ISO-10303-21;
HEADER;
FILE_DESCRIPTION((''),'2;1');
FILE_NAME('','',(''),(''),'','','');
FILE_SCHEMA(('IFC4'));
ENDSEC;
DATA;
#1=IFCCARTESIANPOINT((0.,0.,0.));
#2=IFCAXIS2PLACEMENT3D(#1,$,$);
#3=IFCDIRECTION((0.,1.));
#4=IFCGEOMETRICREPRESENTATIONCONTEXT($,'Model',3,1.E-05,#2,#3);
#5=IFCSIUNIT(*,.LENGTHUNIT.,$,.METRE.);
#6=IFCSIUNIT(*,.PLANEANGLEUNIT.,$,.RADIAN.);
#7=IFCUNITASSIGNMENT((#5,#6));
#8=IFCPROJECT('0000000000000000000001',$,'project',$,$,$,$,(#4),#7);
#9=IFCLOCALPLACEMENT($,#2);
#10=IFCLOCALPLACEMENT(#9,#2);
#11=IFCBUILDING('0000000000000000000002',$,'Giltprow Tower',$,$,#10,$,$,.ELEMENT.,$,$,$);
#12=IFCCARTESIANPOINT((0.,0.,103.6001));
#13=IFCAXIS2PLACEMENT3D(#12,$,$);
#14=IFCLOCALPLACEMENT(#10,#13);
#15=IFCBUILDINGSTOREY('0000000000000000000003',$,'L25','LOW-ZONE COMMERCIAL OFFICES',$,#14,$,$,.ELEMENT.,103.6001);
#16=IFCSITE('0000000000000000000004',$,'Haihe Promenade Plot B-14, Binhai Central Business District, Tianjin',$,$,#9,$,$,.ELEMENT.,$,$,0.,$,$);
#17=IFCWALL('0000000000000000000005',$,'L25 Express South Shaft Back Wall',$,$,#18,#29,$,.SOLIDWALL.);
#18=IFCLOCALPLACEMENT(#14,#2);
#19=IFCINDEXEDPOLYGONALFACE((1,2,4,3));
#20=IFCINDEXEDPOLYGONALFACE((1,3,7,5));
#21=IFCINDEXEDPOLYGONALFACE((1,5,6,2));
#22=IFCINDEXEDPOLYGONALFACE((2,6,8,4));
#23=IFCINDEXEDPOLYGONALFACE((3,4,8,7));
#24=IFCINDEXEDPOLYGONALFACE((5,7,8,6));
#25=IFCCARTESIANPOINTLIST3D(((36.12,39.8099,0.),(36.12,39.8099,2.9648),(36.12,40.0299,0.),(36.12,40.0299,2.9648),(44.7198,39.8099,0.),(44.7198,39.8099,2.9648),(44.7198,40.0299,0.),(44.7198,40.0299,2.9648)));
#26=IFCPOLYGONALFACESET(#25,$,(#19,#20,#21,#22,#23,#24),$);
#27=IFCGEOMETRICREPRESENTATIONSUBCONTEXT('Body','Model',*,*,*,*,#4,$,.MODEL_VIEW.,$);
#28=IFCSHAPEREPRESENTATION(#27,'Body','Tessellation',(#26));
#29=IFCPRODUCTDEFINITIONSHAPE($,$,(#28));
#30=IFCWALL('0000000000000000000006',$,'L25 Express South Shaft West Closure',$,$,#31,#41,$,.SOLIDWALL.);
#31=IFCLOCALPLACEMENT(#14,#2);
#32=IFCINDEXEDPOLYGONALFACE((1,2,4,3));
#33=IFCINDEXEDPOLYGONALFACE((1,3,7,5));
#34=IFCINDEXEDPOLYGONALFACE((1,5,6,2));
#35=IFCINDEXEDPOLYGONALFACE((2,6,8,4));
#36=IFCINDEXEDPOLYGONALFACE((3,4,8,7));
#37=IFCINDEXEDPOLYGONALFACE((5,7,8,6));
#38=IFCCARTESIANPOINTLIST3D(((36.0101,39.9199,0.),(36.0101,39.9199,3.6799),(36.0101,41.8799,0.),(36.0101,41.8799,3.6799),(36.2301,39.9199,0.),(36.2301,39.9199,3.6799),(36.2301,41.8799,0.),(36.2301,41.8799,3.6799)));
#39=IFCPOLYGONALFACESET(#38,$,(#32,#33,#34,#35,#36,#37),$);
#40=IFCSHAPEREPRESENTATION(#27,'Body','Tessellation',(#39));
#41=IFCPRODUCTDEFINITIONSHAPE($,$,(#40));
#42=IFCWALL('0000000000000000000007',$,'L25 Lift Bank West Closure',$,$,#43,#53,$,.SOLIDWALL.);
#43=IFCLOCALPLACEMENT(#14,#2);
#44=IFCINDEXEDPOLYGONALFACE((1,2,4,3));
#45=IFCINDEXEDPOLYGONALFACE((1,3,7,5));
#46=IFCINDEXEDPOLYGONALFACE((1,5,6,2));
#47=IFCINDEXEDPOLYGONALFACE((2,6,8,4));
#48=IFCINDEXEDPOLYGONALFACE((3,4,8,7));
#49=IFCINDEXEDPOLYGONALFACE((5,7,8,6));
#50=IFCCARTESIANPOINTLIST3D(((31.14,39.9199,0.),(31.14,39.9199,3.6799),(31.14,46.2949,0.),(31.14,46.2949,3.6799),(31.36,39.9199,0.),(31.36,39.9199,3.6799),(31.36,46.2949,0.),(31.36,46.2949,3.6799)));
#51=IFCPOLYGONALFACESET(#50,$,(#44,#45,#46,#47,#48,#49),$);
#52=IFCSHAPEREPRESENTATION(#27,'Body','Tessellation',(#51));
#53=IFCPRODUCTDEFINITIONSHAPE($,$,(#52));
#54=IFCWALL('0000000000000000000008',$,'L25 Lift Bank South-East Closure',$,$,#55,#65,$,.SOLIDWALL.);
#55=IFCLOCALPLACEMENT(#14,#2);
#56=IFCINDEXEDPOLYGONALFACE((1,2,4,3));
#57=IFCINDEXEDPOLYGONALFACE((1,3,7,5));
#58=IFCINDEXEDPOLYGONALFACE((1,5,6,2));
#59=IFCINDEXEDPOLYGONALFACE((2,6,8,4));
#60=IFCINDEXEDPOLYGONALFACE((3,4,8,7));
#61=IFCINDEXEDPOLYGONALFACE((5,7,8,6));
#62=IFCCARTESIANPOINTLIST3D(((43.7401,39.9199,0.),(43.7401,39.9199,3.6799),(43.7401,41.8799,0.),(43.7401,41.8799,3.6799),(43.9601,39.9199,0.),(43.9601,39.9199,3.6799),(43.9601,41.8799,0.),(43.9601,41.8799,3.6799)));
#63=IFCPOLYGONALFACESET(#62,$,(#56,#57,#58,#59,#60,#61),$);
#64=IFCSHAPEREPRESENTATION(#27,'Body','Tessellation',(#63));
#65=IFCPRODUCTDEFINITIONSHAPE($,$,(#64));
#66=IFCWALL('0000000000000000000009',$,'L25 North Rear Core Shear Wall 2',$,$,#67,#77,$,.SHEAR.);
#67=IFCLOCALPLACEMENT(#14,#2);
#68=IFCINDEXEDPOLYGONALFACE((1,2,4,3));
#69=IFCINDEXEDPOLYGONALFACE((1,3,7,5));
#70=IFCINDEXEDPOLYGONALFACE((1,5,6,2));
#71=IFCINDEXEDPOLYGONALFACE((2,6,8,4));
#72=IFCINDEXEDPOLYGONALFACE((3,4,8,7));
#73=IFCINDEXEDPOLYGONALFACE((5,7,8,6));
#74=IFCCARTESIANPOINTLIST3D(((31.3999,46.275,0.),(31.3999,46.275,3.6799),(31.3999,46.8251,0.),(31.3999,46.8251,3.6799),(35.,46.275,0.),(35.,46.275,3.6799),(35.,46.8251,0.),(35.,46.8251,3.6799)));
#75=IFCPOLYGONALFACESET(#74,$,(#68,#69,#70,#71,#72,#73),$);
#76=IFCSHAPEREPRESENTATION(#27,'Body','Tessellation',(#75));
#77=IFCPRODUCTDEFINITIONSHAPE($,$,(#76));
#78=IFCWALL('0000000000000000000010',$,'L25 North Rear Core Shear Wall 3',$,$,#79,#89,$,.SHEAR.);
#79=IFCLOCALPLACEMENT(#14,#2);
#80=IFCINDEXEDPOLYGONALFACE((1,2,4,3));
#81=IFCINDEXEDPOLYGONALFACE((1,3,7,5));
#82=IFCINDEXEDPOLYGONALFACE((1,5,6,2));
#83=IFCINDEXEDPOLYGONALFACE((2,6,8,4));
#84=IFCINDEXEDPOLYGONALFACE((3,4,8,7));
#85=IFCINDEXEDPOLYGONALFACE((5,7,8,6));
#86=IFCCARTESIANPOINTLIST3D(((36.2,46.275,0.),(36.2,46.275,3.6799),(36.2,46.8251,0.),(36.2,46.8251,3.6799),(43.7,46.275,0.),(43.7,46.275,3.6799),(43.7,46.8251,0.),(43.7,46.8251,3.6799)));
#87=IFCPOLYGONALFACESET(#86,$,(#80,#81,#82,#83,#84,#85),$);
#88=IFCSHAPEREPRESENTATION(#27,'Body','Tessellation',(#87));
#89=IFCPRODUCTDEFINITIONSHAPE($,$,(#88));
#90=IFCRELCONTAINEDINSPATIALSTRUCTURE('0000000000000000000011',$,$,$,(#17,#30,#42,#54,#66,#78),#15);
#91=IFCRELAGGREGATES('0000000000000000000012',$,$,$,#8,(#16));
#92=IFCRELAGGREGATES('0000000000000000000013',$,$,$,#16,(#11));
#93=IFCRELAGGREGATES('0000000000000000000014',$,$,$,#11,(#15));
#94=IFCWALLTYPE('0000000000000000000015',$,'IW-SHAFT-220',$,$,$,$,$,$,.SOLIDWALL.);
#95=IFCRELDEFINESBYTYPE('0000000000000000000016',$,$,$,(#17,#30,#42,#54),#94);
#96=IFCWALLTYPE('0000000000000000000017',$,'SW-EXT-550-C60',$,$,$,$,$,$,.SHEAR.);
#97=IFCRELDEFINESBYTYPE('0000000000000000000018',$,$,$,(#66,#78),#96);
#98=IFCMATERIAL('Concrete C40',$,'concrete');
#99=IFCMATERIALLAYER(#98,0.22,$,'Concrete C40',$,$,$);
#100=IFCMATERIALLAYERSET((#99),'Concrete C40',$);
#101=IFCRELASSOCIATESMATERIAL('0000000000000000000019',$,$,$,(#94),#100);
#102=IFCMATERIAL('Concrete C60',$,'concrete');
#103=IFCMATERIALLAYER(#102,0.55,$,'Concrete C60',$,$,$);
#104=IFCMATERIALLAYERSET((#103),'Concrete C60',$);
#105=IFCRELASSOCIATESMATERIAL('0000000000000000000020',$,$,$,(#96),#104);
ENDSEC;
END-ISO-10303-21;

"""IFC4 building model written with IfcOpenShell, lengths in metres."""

from ifc_helpers import new_model, si_unit, direction, frame, frame_2d, origin, place, context, subcontext, project, spatial, rectangle, extrude, material, layer, layer_set, type_object, element, save


model = new_model("IFC4")

# Units and contexts
model_context = context("Model", 3, precision=1e-05, world=origin(), true_north=direction((0.0, 1.0)))
body_context = subcontext(model_context, "Body", "Model", "MODEL_VIEW")
ifc_project = project(units=[si_unit("LENGTHUNIT", "METRE"), si_unit("PLANEANGLEUNIT", "RADIAN")], contexts=[model_context])

# Site, building, storey
site_placement = place(None, origin())
site = spatial("IfcSite", under=ifc_project, at=site_placement, Name="Haihe Promenade Plot B-14, Binhai Central Business District, Tianjin", CompositionType="ELEMENT", RefElevation=0.0)
building_placement = place(site_placement, origin())
building = spatial("IfcBuilding", under=site, at=building_placement, Name="Giltprow Tower", CompositionType="ELEMENT")
storey_placement = place(building_placement, frame((0.0, 0.0, 103.6001)))
storey = spatial("IfcBuildingStorey", under=building, at=storey_placement, Name="L25", Description="LOW-ZONE COMMERCIAL OFFICES", CompositionType="ELEMENT", Elevation=103.6001)

# Shared definitions
ifc_material_1 = material(Name="Concrete C60", Category="concrete")

# Shared definitions
ifc_material_2 = material(Name="Concrete C40", Category="concrete")
ifc_layer_1 = layer(ifc_material_2, 0.22, Name="Concrete C40")
ifc_layer_set_1 = layer_set([ifc_layer_1], Name="Concrete C40")
wall_type_1 = type_object("IfcWallType", Name="IW-SHAFT-220", PredefinedType="SOLIDWALL", material=ifc_layer_set_1)

# Walls
wall_1_placement = place(storey_placement, frame((36.1201, 39.9199, 0.0), z_axis=(0.0, 0.0, 1.0), x_axis=(1.0, 0.0, 0.0)))
element("IfcWall", 1, at=wall_1_placement, inside=storey, type_object=wall_type_1, Name="L25 Express South Shaft Back Wall", PredefinedType="SOLIDWALL", context=body_context, shape_type="SweptSolid", body=[
    extrude(rectangle(XDim=8.5999, YDim=0.22, at=frame_2d((4.2998, 0.0))), origin(), (0.0, 0.0, 1.0), 2.9648),
])
wall_2_placement = place(storey_placement, frame((36.1201, 39.9199, 0.0), z_axis=(0.0, 0.0, 1.0), x_axis=(0.0, 1.0, 0.0)))
element("IfcWall", 2, at=wall_2_placement, inside=storey, type_object=wall_type_1, Name="L25 Express South Shaft West Closure", PredefinedType="SOLIDWALL", context=body_context, shape_type="SweptSolid", body=[
    extrude(rectangle(XDim=1.96, YDim=0.22, at=frame_2d((0.98, 0.0))), origin(), (0.0, 0.0, 1.0), 3.6799),
])
wall_3_placement = place(storey_placement, frame((31.25, 39.9199, 0.0), z_axis=(0.0, 0.0, 1.0), x_axis=(0.0, 1.0, 0.0)))
element("IfcWall", 3, at=wall_3_placement, inside=storey, type_object=wall_type_1, Name="L25 Lift Bank West Closure", PredefinedType="SOLIDWALL", context=body_context, shape_type="SweptSolid", body=[
    extrude(rectangle(XDim=6.375, YDim=0.22, at=frame_2d((3.1875, 0.0))), origin(), (0.0, 0.0, 1.0), 3.6799),
])
wall_4_placement = place(storey_placement, frame((43.8501, 39.9199, 0.0), z_axis=(0.0, 0.0, 1.0), x_axis=(0.0, 1.0, 0.0)))
element("IfcWall", 4, at=wall_4_placement, inside=storey, type_object=wall_type_1, Name="L25 Lift Bank South-East Closure", PredefinedType="SOLIDWALL", context=body_context, shape_type="SweptSolid", body=[
    extrude(rectangle(XDim=1.96, YDim=0.22, at=frame_2d((0.98, 0.0))), origin(), (0.0, 0.0, 1.0), 3.6799),
])
ifc_layer_2 = layer(ifc_material_1, 0.55, Name="Concrete C60")
ifc_layer_set_2 = layer_set([ifc_layer_2], Name="Concrete C60")
wall_type_2 = type_object("IfcWallType", Name="SW-EXT-550-C60", PredefinedType="SHEAR", material=ifc_layer_set_2)
wall_5_placement = place(storey_placement, frame((31.3999, 46.55, 0.0), z_axis=(0.0, 0.0, 1.0), x_axis=(1.0, 0.0, 0.0)))
element("IfcWall", 5, at=wall_5_placement, inside=storey, type_object=wall_type_2, Name="L25 North Rear Core Shear Wall 2", PredefinedType="SHEAR", context=body_context, shape_type="SweptSolid", body=[
    extrude(rectangle(XDim=3.6001, YDim=0.55, at=frame_2d((1.8, 0.0))), origin(), (0.0, 0.0, 1.0), 3.6799),
])
wall_6_placement = place(storey_placement, frame((36.2, 46.55, 0.0), z_axis=(0.0, 0.0, 1.0), x_axis=(1.0, 0.0, 0.0)))
element("IfcWall", 6, at=wall_6_placement, inside=storey, type_object=wall_type_2, Name="L25 North Rear Core Shear Wall 3", PredefinedType="SHEAR", context=body_context, shape_type="SweptSolid", body=[
    extrude(rectangle(XDim=7.5, YDim=0.55, at=frame_2d((3.75, 0.0))), origin(), (0.0, 0.0, 1.0), 3.6799),
])

save(model, "model.ifc")
